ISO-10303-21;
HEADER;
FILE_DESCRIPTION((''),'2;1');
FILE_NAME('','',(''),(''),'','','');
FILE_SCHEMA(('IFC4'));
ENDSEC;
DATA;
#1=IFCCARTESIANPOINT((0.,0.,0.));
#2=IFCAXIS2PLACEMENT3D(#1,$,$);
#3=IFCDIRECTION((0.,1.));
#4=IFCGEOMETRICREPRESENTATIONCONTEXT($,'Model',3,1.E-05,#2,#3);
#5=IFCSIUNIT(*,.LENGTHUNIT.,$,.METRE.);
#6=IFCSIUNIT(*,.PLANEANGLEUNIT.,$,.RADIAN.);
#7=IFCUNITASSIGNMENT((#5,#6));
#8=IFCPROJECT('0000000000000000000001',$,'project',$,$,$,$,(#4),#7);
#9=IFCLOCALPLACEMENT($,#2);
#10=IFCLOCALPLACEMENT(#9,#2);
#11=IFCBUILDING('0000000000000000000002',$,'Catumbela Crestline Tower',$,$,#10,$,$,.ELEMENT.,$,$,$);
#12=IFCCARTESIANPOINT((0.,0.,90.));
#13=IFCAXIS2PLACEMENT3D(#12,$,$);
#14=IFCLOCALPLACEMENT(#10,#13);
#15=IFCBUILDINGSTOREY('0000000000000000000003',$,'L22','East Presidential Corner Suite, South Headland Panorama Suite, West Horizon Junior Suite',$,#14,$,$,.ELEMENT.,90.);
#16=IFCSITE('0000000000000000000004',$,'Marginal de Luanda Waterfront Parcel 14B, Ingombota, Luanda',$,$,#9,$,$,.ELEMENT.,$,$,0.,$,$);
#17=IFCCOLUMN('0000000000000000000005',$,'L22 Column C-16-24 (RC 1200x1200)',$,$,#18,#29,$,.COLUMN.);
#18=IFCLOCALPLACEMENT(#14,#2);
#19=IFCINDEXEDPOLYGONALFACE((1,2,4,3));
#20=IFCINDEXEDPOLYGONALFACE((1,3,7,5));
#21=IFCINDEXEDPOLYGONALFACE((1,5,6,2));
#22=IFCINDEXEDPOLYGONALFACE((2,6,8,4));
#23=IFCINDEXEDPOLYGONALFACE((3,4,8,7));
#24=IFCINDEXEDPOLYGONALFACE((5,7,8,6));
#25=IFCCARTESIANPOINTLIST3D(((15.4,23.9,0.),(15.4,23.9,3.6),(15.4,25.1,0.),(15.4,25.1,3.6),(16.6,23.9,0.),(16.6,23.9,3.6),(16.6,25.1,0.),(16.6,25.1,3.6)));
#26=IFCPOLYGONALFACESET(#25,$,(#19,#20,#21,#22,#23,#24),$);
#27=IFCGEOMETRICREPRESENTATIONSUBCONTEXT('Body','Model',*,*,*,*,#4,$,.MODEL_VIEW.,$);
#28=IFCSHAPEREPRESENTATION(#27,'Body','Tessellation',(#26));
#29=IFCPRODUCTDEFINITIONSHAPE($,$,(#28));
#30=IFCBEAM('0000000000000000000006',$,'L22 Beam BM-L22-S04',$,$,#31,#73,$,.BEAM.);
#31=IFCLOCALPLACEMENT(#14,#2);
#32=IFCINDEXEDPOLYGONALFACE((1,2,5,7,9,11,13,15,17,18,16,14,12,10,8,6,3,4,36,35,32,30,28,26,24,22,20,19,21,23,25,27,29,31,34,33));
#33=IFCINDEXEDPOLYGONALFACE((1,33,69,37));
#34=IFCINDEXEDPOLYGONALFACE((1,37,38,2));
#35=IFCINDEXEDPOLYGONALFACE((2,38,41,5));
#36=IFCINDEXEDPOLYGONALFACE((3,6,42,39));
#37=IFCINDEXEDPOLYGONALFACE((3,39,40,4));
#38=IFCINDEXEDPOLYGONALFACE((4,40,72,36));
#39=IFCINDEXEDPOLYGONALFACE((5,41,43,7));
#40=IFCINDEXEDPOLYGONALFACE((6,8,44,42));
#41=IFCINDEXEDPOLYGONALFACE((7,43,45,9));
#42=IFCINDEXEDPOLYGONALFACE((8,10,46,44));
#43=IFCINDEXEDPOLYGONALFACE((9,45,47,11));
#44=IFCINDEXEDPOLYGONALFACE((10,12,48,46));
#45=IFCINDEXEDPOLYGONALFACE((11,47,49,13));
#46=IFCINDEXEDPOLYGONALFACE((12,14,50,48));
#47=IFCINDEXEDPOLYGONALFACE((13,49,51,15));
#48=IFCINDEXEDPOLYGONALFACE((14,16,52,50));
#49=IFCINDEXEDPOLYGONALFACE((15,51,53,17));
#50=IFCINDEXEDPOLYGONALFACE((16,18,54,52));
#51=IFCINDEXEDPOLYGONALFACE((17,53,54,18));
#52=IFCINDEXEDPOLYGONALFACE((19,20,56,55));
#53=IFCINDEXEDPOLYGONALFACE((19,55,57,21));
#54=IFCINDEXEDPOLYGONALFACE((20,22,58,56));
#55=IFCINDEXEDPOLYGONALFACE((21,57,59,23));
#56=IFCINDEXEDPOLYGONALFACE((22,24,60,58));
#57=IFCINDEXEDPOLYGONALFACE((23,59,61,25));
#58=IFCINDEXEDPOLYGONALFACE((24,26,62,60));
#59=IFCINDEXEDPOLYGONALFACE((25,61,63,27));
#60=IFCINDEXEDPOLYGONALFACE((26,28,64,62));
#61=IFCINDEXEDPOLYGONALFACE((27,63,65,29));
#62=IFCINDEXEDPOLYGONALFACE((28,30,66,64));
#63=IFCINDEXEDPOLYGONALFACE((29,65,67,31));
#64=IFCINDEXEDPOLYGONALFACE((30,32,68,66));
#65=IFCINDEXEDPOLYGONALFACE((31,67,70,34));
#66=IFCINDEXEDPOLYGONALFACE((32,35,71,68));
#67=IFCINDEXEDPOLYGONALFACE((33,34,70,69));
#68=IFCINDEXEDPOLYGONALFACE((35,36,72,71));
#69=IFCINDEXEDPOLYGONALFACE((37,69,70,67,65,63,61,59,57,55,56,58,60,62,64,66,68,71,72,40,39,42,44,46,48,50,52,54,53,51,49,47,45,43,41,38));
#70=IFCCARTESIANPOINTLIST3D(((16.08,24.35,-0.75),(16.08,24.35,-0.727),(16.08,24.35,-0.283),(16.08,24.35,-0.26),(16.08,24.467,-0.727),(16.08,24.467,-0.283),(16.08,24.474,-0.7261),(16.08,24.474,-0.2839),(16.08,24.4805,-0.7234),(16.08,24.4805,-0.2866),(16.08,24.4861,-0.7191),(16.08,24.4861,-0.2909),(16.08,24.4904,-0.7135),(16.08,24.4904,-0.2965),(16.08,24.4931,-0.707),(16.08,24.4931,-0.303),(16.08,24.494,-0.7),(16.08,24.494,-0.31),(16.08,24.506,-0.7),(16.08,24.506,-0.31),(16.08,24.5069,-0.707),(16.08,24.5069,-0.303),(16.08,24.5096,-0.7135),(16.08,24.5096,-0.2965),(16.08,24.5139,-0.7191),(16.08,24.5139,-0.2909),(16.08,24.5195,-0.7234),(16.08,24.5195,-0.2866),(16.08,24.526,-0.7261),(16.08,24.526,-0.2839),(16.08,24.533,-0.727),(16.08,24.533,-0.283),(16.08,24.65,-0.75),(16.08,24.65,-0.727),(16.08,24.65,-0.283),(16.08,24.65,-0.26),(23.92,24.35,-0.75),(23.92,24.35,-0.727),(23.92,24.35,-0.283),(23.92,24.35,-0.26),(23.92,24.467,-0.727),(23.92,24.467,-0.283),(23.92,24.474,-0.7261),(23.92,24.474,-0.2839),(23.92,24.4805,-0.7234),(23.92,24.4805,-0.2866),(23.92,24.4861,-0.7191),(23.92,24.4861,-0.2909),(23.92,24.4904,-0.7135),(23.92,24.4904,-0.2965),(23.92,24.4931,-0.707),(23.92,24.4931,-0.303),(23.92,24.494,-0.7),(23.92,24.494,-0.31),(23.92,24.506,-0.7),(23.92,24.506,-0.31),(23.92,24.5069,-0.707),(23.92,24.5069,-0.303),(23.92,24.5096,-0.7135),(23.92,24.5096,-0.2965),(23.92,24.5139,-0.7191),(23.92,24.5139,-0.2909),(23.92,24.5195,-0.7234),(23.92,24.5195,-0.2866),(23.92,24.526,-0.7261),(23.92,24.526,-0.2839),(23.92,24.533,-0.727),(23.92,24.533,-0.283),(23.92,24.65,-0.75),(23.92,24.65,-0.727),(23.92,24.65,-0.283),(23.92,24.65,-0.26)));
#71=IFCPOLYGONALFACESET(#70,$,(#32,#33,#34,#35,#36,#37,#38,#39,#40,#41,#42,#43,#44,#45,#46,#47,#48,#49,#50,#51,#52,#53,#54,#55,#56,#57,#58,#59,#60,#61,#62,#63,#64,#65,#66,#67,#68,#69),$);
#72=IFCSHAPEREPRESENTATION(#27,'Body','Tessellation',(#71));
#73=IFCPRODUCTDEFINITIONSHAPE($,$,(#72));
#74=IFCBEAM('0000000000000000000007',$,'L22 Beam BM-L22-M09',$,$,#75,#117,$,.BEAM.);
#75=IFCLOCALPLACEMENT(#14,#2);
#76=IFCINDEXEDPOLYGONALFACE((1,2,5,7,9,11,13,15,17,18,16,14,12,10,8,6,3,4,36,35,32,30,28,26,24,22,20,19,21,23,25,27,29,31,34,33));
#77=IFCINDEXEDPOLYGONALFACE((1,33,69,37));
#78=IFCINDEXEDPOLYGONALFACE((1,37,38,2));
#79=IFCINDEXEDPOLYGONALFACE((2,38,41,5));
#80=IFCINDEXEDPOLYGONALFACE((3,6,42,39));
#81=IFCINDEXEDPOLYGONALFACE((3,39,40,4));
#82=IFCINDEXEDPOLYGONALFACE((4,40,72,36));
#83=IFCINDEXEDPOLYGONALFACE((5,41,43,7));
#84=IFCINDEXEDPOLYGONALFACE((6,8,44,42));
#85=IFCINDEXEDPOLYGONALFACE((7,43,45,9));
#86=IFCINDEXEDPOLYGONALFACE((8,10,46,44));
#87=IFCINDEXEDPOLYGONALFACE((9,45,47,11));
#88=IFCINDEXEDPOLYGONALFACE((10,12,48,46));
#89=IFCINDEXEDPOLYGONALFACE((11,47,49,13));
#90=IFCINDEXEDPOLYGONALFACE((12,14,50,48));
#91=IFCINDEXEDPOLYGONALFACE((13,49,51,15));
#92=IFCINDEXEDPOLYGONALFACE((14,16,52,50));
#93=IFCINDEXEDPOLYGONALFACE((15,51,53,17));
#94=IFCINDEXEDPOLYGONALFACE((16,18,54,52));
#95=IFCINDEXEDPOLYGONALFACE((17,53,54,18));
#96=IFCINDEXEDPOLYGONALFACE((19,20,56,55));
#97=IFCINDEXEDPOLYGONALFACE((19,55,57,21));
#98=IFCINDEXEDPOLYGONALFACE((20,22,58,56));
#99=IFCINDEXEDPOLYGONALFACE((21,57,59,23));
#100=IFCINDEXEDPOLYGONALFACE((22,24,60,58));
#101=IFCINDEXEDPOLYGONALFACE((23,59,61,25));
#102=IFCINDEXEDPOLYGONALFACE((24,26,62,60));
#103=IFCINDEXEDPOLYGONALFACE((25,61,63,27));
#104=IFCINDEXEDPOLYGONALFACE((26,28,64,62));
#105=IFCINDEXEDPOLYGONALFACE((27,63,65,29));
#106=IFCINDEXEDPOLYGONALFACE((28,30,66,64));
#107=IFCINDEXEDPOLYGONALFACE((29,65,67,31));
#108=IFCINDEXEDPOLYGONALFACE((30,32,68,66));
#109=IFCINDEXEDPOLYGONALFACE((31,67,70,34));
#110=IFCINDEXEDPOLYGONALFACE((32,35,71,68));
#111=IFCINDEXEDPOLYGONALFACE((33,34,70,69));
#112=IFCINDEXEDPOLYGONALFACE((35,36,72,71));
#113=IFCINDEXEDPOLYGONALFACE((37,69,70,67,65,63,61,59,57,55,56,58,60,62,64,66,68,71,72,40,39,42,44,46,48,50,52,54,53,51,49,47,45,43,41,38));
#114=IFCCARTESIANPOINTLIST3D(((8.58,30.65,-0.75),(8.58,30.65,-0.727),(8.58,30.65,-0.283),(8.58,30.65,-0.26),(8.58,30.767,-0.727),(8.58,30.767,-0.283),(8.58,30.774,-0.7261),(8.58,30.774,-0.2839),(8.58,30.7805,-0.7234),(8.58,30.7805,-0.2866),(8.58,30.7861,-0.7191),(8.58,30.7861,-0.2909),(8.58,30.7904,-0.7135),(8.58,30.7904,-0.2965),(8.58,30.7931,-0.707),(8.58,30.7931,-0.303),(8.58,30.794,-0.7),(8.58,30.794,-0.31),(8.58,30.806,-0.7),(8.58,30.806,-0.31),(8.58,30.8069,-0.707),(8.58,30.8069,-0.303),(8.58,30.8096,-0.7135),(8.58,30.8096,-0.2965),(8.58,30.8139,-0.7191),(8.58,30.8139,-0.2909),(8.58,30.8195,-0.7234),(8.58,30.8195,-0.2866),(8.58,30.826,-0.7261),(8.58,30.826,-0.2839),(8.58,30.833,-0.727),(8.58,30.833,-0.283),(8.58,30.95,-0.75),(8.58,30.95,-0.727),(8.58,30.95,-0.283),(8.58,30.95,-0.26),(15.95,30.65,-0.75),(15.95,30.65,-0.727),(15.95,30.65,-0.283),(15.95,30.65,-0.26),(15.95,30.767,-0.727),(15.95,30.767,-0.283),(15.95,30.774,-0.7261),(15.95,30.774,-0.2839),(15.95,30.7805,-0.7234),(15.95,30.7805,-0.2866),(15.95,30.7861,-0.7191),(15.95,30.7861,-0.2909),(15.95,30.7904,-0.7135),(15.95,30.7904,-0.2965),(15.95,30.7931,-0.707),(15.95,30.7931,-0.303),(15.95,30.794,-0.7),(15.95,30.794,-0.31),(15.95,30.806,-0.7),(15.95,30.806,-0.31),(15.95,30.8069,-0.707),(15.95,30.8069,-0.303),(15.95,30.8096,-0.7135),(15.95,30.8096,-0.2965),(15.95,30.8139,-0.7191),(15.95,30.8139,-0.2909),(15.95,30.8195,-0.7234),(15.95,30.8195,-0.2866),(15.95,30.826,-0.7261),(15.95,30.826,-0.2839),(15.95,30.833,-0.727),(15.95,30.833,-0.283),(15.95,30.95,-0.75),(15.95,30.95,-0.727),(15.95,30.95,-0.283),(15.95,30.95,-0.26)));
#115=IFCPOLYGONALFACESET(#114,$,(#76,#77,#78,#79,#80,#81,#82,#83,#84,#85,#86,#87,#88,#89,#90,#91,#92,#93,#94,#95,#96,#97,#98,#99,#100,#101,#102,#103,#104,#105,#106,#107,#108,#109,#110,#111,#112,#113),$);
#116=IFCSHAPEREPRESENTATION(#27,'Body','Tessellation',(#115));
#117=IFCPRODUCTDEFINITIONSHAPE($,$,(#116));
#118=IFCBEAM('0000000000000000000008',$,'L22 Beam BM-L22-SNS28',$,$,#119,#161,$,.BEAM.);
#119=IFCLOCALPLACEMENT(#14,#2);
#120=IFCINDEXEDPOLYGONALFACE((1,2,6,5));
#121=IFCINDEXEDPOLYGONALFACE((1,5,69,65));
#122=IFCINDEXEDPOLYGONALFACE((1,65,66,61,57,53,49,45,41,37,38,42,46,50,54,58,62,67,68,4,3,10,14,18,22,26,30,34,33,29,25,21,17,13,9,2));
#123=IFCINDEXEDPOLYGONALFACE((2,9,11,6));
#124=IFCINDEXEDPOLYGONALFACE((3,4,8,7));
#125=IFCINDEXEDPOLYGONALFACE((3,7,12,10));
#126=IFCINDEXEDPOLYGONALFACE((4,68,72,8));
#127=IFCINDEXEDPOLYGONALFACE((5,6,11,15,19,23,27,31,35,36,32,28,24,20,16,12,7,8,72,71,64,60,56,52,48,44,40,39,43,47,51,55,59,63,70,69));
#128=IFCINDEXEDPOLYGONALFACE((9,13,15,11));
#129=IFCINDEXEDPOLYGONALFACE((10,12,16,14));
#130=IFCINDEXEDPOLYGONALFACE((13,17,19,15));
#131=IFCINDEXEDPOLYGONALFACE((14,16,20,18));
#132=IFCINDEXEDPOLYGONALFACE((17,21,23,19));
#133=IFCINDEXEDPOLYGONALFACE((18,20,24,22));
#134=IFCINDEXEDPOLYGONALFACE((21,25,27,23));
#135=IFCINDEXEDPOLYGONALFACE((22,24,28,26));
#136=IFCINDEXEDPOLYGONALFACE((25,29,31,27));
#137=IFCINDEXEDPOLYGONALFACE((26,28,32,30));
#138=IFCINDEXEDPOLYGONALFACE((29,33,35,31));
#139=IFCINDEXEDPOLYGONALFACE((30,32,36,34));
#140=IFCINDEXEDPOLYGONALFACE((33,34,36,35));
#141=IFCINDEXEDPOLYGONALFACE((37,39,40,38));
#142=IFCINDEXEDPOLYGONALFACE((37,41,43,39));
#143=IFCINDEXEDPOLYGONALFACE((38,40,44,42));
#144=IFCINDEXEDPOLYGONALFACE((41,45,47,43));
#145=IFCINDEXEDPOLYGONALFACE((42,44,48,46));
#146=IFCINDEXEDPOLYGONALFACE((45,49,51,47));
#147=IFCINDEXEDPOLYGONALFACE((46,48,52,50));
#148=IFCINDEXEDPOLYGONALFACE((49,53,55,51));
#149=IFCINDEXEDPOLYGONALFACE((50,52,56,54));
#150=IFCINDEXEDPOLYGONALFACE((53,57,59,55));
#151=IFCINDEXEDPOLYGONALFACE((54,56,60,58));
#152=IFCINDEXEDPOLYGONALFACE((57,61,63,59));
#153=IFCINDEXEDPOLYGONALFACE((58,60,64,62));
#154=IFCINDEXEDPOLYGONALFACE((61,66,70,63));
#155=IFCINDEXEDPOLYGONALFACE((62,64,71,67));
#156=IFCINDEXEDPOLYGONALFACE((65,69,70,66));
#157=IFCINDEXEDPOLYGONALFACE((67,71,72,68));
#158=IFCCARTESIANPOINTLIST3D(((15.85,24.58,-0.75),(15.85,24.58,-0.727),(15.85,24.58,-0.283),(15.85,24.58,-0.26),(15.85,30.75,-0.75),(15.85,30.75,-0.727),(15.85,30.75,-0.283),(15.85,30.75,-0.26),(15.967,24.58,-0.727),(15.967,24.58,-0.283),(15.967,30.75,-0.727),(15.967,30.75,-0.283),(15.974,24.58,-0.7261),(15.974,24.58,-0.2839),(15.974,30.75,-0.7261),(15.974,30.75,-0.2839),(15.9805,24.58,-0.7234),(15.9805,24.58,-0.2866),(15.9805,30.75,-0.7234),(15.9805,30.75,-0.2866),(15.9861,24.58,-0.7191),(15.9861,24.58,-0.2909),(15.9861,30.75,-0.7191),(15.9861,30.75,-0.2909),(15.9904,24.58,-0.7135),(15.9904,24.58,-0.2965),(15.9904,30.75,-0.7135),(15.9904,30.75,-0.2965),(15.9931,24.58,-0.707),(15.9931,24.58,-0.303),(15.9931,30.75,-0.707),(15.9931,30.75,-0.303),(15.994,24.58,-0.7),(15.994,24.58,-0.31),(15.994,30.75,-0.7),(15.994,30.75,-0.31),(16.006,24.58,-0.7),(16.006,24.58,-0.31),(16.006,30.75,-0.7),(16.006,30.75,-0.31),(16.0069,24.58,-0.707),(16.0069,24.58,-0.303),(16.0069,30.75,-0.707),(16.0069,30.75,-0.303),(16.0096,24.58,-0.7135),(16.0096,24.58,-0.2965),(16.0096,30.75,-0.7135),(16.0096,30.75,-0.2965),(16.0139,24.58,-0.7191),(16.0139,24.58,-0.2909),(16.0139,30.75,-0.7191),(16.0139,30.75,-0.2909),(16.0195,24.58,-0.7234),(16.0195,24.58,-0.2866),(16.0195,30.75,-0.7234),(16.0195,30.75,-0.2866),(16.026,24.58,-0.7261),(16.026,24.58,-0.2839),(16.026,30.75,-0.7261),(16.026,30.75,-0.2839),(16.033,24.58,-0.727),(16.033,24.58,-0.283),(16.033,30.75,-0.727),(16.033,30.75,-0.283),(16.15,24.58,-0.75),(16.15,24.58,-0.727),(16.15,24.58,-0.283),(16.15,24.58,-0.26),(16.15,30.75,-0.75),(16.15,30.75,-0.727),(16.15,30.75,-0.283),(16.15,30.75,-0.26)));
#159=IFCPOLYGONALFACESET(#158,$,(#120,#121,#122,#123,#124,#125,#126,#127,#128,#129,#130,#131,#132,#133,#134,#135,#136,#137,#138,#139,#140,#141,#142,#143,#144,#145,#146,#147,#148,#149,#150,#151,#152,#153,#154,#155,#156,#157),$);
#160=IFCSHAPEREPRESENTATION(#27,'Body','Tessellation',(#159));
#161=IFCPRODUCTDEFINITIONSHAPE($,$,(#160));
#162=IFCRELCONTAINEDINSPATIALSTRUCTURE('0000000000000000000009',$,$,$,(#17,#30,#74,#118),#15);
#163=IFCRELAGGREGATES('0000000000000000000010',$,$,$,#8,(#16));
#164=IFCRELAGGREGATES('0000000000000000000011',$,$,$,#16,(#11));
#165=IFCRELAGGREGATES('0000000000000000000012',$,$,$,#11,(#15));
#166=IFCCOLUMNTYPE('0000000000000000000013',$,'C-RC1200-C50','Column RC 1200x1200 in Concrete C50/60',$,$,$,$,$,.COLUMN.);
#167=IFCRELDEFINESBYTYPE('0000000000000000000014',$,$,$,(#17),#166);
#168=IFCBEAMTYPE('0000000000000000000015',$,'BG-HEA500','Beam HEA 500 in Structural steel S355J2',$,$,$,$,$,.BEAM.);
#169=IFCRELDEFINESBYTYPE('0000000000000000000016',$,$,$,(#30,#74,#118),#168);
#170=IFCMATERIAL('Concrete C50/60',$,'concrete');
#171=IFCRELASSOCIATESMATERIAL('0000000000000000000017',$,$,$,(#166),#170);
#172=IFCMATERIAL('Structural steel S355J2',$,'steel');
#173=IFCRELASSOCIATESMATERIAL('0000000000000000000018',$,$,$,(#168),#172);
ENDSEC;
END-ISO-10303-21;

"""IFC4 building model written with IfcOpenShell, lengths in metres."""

from ifc_helpers import new_model, si_unit, direction, frame, origin, origin_2d, place, context, subcontext, project, spatial, rectangle, i_section, extrude, material, material_profile, profile_set, type_object, element, save


model = new_model("IFC4")

# Units and contexts
model_context = context("Model", 3, precision=1e-05, world=origin(), true_north=direction((0.0, 1.0)))
body_context = subcontext(model_context, "Body", "Model", "MODEL_VIEW")
ifc_project = project(units=[si_unit("LENGTHUNIT", "METRE"), si_unit("PLANEANGLEUNIT", "RADIAN")], contexts=[model_context])

# Site, building, storey
site_placement = place(None, origin())
site = spatial("IfcSite", under=ifc_project, at=site_placement, Name="Marginal de Luanda Waterfront Parcel 14B, Ingombota, Luanda", CompositionType="ELEMENT", RefElevation=0.0)
building_placement = place(site_placement, origin())
building = spatial("IfcBuilding", under=site, at=building_placement, Name="Catumbela Crestline Tower", CompositionType="ELEMENT")
storey_placement = place(building_placement, frame((0.0, 0.0, 90.0)))
storey = spatial("IfcBuildingStorey", under=building, at=storey_placement, Name="L22", Description="East Presidential Corner Suite, South Headland Panorama Suite, West Horizon Junior Suite", CompositionType="ELEMENT", Elevation=90.0)

# Column
ifc_material_1 = material(Name="Concrete C50/60", Category="concrete")
ifc_material_profile_1 = material_profile(ifc_material_1, rectangle(XDim=1.2, YDim=1.2, at=origin_2d()), Name="RC 1200x1200")
ifc_profile_set_1 = profile_set([ifc_material_profile_1], Name="Concrete C50/60")
column_type = type_object("IfcColumnType", Name="C-RC1200-C50", Description="Column RC 1200x1200 in Concrete C50/60", PredefinedType="COLUMN", material=ifc_profile_set_1)
column_placement = place(storey_placement, frame((16.0, 24.5, 0.0), z_axis=(0.0, 0.0, 1.0), x_axis=(1.0, 0.0, 0.0)))
element("IfcColumn", 1, at=column_placement, inside=storey, type_object=column_type, Name="L22 Column C-16-24 (RC 1200x1200)", PredefinedType="COLUMN", context=body_context, shape_type="SweptSolid", body=[
    extrude(rectangle(XDim=1.2, YDim=1.2, at=origin_2d()), origin(), (0.0, 0.0, 1.0), 3.6),
])

# Beams
ifc_material_2 = material(Name="Structural steel S355J2", Category="steel")
ifc_material_profile_2 = material_profile(ifc_material_2, i_section(OverallWidth=0.3, OverallDepth=0.49, WebThickness=0.012, FlangeThickness=0.023, FilletRadius=0.027, at=origin_2d()), Name="HEA 500")
ifc_profile_set_2 = profile_set([ifc_material_profile_2], Name="Structural steel S355J2")
beam_type_1 = type_object("IfcBeamType", Name="BG-HEA500", Description="Beam HEA 500 in Structural steel S355J2", PredefinedType="BEAM", material=ifc_profile_set_2)
beam_1_placement = place(storey_placement, frame((16.08, 24.5, -0.505), z_axis=(1.0, 0.0, 0.0), x_axis=(0.0, 1.0, 0.0)))
element("IfcBeam", 2, at=beam_1_placement, inside=storey, type_object=beam_type_1, Name="L22 Beam BM-L22-S04", PredefinedType="BEAM", context=body_context, shape_type="SweptSolid", body=[
    extrude(i_section(OverallWidth=0.3, OverallDepth=0.49, WebThickness=0.012, FlangeThickness=0.023, FilletRadius=0.027, at=origin_2d()), origin(), (0.0, 0.0, 1.0), 7.84),
])
beam_2_placement = place(storey_placement, frame((8.58, 30.8, -0.505), z_axis=(1.0, 0.0, 0.0), x_axis=(0.0, 1.0, 0.0)))
element("IfcBeam", 3, at=beam_2_placement, inside=storey, type_object=beam_type_1, Name="L22 Beam BM-L22-M09", PredefinedType="BEAM", context=body_context, shape_type="SweptSolid", body=[
    extrude(i_section(OverallWidth=0.3, OverallDepth=0.49, WebThickness=0.012, FlangeThickness=0.023, FilletRadius=0.027, at=origin_2d()), origin(), (0.0, 0.0, 1.0), 7.37),
])
beam_3_placement = place(storey_placement, frame((16.0, 24.58, -0.505), z_axis=(0.0, 1.0, 0.0), x_axis=(-1.0, 0.0, 0.0)))
element("IfcBeam", 4, at=beam_3_placement, inside=storey, type_object=beam_type_1, Name="L22 Beam BM-L22-SNS28", PredefinedType="BEAM", context=body_context, shape_type="SweptSolid", body=[
    extrude(i_section(OverallWidth=0.3, OverallDepth=0.49, WebThickness=0.012, FlangeThickness=0.023, FilletRadius=0.027, at=origin_2d()), origin(), (0.0, 0.0, 1.0), 6.17),
])

save(model, "model.ifc")
